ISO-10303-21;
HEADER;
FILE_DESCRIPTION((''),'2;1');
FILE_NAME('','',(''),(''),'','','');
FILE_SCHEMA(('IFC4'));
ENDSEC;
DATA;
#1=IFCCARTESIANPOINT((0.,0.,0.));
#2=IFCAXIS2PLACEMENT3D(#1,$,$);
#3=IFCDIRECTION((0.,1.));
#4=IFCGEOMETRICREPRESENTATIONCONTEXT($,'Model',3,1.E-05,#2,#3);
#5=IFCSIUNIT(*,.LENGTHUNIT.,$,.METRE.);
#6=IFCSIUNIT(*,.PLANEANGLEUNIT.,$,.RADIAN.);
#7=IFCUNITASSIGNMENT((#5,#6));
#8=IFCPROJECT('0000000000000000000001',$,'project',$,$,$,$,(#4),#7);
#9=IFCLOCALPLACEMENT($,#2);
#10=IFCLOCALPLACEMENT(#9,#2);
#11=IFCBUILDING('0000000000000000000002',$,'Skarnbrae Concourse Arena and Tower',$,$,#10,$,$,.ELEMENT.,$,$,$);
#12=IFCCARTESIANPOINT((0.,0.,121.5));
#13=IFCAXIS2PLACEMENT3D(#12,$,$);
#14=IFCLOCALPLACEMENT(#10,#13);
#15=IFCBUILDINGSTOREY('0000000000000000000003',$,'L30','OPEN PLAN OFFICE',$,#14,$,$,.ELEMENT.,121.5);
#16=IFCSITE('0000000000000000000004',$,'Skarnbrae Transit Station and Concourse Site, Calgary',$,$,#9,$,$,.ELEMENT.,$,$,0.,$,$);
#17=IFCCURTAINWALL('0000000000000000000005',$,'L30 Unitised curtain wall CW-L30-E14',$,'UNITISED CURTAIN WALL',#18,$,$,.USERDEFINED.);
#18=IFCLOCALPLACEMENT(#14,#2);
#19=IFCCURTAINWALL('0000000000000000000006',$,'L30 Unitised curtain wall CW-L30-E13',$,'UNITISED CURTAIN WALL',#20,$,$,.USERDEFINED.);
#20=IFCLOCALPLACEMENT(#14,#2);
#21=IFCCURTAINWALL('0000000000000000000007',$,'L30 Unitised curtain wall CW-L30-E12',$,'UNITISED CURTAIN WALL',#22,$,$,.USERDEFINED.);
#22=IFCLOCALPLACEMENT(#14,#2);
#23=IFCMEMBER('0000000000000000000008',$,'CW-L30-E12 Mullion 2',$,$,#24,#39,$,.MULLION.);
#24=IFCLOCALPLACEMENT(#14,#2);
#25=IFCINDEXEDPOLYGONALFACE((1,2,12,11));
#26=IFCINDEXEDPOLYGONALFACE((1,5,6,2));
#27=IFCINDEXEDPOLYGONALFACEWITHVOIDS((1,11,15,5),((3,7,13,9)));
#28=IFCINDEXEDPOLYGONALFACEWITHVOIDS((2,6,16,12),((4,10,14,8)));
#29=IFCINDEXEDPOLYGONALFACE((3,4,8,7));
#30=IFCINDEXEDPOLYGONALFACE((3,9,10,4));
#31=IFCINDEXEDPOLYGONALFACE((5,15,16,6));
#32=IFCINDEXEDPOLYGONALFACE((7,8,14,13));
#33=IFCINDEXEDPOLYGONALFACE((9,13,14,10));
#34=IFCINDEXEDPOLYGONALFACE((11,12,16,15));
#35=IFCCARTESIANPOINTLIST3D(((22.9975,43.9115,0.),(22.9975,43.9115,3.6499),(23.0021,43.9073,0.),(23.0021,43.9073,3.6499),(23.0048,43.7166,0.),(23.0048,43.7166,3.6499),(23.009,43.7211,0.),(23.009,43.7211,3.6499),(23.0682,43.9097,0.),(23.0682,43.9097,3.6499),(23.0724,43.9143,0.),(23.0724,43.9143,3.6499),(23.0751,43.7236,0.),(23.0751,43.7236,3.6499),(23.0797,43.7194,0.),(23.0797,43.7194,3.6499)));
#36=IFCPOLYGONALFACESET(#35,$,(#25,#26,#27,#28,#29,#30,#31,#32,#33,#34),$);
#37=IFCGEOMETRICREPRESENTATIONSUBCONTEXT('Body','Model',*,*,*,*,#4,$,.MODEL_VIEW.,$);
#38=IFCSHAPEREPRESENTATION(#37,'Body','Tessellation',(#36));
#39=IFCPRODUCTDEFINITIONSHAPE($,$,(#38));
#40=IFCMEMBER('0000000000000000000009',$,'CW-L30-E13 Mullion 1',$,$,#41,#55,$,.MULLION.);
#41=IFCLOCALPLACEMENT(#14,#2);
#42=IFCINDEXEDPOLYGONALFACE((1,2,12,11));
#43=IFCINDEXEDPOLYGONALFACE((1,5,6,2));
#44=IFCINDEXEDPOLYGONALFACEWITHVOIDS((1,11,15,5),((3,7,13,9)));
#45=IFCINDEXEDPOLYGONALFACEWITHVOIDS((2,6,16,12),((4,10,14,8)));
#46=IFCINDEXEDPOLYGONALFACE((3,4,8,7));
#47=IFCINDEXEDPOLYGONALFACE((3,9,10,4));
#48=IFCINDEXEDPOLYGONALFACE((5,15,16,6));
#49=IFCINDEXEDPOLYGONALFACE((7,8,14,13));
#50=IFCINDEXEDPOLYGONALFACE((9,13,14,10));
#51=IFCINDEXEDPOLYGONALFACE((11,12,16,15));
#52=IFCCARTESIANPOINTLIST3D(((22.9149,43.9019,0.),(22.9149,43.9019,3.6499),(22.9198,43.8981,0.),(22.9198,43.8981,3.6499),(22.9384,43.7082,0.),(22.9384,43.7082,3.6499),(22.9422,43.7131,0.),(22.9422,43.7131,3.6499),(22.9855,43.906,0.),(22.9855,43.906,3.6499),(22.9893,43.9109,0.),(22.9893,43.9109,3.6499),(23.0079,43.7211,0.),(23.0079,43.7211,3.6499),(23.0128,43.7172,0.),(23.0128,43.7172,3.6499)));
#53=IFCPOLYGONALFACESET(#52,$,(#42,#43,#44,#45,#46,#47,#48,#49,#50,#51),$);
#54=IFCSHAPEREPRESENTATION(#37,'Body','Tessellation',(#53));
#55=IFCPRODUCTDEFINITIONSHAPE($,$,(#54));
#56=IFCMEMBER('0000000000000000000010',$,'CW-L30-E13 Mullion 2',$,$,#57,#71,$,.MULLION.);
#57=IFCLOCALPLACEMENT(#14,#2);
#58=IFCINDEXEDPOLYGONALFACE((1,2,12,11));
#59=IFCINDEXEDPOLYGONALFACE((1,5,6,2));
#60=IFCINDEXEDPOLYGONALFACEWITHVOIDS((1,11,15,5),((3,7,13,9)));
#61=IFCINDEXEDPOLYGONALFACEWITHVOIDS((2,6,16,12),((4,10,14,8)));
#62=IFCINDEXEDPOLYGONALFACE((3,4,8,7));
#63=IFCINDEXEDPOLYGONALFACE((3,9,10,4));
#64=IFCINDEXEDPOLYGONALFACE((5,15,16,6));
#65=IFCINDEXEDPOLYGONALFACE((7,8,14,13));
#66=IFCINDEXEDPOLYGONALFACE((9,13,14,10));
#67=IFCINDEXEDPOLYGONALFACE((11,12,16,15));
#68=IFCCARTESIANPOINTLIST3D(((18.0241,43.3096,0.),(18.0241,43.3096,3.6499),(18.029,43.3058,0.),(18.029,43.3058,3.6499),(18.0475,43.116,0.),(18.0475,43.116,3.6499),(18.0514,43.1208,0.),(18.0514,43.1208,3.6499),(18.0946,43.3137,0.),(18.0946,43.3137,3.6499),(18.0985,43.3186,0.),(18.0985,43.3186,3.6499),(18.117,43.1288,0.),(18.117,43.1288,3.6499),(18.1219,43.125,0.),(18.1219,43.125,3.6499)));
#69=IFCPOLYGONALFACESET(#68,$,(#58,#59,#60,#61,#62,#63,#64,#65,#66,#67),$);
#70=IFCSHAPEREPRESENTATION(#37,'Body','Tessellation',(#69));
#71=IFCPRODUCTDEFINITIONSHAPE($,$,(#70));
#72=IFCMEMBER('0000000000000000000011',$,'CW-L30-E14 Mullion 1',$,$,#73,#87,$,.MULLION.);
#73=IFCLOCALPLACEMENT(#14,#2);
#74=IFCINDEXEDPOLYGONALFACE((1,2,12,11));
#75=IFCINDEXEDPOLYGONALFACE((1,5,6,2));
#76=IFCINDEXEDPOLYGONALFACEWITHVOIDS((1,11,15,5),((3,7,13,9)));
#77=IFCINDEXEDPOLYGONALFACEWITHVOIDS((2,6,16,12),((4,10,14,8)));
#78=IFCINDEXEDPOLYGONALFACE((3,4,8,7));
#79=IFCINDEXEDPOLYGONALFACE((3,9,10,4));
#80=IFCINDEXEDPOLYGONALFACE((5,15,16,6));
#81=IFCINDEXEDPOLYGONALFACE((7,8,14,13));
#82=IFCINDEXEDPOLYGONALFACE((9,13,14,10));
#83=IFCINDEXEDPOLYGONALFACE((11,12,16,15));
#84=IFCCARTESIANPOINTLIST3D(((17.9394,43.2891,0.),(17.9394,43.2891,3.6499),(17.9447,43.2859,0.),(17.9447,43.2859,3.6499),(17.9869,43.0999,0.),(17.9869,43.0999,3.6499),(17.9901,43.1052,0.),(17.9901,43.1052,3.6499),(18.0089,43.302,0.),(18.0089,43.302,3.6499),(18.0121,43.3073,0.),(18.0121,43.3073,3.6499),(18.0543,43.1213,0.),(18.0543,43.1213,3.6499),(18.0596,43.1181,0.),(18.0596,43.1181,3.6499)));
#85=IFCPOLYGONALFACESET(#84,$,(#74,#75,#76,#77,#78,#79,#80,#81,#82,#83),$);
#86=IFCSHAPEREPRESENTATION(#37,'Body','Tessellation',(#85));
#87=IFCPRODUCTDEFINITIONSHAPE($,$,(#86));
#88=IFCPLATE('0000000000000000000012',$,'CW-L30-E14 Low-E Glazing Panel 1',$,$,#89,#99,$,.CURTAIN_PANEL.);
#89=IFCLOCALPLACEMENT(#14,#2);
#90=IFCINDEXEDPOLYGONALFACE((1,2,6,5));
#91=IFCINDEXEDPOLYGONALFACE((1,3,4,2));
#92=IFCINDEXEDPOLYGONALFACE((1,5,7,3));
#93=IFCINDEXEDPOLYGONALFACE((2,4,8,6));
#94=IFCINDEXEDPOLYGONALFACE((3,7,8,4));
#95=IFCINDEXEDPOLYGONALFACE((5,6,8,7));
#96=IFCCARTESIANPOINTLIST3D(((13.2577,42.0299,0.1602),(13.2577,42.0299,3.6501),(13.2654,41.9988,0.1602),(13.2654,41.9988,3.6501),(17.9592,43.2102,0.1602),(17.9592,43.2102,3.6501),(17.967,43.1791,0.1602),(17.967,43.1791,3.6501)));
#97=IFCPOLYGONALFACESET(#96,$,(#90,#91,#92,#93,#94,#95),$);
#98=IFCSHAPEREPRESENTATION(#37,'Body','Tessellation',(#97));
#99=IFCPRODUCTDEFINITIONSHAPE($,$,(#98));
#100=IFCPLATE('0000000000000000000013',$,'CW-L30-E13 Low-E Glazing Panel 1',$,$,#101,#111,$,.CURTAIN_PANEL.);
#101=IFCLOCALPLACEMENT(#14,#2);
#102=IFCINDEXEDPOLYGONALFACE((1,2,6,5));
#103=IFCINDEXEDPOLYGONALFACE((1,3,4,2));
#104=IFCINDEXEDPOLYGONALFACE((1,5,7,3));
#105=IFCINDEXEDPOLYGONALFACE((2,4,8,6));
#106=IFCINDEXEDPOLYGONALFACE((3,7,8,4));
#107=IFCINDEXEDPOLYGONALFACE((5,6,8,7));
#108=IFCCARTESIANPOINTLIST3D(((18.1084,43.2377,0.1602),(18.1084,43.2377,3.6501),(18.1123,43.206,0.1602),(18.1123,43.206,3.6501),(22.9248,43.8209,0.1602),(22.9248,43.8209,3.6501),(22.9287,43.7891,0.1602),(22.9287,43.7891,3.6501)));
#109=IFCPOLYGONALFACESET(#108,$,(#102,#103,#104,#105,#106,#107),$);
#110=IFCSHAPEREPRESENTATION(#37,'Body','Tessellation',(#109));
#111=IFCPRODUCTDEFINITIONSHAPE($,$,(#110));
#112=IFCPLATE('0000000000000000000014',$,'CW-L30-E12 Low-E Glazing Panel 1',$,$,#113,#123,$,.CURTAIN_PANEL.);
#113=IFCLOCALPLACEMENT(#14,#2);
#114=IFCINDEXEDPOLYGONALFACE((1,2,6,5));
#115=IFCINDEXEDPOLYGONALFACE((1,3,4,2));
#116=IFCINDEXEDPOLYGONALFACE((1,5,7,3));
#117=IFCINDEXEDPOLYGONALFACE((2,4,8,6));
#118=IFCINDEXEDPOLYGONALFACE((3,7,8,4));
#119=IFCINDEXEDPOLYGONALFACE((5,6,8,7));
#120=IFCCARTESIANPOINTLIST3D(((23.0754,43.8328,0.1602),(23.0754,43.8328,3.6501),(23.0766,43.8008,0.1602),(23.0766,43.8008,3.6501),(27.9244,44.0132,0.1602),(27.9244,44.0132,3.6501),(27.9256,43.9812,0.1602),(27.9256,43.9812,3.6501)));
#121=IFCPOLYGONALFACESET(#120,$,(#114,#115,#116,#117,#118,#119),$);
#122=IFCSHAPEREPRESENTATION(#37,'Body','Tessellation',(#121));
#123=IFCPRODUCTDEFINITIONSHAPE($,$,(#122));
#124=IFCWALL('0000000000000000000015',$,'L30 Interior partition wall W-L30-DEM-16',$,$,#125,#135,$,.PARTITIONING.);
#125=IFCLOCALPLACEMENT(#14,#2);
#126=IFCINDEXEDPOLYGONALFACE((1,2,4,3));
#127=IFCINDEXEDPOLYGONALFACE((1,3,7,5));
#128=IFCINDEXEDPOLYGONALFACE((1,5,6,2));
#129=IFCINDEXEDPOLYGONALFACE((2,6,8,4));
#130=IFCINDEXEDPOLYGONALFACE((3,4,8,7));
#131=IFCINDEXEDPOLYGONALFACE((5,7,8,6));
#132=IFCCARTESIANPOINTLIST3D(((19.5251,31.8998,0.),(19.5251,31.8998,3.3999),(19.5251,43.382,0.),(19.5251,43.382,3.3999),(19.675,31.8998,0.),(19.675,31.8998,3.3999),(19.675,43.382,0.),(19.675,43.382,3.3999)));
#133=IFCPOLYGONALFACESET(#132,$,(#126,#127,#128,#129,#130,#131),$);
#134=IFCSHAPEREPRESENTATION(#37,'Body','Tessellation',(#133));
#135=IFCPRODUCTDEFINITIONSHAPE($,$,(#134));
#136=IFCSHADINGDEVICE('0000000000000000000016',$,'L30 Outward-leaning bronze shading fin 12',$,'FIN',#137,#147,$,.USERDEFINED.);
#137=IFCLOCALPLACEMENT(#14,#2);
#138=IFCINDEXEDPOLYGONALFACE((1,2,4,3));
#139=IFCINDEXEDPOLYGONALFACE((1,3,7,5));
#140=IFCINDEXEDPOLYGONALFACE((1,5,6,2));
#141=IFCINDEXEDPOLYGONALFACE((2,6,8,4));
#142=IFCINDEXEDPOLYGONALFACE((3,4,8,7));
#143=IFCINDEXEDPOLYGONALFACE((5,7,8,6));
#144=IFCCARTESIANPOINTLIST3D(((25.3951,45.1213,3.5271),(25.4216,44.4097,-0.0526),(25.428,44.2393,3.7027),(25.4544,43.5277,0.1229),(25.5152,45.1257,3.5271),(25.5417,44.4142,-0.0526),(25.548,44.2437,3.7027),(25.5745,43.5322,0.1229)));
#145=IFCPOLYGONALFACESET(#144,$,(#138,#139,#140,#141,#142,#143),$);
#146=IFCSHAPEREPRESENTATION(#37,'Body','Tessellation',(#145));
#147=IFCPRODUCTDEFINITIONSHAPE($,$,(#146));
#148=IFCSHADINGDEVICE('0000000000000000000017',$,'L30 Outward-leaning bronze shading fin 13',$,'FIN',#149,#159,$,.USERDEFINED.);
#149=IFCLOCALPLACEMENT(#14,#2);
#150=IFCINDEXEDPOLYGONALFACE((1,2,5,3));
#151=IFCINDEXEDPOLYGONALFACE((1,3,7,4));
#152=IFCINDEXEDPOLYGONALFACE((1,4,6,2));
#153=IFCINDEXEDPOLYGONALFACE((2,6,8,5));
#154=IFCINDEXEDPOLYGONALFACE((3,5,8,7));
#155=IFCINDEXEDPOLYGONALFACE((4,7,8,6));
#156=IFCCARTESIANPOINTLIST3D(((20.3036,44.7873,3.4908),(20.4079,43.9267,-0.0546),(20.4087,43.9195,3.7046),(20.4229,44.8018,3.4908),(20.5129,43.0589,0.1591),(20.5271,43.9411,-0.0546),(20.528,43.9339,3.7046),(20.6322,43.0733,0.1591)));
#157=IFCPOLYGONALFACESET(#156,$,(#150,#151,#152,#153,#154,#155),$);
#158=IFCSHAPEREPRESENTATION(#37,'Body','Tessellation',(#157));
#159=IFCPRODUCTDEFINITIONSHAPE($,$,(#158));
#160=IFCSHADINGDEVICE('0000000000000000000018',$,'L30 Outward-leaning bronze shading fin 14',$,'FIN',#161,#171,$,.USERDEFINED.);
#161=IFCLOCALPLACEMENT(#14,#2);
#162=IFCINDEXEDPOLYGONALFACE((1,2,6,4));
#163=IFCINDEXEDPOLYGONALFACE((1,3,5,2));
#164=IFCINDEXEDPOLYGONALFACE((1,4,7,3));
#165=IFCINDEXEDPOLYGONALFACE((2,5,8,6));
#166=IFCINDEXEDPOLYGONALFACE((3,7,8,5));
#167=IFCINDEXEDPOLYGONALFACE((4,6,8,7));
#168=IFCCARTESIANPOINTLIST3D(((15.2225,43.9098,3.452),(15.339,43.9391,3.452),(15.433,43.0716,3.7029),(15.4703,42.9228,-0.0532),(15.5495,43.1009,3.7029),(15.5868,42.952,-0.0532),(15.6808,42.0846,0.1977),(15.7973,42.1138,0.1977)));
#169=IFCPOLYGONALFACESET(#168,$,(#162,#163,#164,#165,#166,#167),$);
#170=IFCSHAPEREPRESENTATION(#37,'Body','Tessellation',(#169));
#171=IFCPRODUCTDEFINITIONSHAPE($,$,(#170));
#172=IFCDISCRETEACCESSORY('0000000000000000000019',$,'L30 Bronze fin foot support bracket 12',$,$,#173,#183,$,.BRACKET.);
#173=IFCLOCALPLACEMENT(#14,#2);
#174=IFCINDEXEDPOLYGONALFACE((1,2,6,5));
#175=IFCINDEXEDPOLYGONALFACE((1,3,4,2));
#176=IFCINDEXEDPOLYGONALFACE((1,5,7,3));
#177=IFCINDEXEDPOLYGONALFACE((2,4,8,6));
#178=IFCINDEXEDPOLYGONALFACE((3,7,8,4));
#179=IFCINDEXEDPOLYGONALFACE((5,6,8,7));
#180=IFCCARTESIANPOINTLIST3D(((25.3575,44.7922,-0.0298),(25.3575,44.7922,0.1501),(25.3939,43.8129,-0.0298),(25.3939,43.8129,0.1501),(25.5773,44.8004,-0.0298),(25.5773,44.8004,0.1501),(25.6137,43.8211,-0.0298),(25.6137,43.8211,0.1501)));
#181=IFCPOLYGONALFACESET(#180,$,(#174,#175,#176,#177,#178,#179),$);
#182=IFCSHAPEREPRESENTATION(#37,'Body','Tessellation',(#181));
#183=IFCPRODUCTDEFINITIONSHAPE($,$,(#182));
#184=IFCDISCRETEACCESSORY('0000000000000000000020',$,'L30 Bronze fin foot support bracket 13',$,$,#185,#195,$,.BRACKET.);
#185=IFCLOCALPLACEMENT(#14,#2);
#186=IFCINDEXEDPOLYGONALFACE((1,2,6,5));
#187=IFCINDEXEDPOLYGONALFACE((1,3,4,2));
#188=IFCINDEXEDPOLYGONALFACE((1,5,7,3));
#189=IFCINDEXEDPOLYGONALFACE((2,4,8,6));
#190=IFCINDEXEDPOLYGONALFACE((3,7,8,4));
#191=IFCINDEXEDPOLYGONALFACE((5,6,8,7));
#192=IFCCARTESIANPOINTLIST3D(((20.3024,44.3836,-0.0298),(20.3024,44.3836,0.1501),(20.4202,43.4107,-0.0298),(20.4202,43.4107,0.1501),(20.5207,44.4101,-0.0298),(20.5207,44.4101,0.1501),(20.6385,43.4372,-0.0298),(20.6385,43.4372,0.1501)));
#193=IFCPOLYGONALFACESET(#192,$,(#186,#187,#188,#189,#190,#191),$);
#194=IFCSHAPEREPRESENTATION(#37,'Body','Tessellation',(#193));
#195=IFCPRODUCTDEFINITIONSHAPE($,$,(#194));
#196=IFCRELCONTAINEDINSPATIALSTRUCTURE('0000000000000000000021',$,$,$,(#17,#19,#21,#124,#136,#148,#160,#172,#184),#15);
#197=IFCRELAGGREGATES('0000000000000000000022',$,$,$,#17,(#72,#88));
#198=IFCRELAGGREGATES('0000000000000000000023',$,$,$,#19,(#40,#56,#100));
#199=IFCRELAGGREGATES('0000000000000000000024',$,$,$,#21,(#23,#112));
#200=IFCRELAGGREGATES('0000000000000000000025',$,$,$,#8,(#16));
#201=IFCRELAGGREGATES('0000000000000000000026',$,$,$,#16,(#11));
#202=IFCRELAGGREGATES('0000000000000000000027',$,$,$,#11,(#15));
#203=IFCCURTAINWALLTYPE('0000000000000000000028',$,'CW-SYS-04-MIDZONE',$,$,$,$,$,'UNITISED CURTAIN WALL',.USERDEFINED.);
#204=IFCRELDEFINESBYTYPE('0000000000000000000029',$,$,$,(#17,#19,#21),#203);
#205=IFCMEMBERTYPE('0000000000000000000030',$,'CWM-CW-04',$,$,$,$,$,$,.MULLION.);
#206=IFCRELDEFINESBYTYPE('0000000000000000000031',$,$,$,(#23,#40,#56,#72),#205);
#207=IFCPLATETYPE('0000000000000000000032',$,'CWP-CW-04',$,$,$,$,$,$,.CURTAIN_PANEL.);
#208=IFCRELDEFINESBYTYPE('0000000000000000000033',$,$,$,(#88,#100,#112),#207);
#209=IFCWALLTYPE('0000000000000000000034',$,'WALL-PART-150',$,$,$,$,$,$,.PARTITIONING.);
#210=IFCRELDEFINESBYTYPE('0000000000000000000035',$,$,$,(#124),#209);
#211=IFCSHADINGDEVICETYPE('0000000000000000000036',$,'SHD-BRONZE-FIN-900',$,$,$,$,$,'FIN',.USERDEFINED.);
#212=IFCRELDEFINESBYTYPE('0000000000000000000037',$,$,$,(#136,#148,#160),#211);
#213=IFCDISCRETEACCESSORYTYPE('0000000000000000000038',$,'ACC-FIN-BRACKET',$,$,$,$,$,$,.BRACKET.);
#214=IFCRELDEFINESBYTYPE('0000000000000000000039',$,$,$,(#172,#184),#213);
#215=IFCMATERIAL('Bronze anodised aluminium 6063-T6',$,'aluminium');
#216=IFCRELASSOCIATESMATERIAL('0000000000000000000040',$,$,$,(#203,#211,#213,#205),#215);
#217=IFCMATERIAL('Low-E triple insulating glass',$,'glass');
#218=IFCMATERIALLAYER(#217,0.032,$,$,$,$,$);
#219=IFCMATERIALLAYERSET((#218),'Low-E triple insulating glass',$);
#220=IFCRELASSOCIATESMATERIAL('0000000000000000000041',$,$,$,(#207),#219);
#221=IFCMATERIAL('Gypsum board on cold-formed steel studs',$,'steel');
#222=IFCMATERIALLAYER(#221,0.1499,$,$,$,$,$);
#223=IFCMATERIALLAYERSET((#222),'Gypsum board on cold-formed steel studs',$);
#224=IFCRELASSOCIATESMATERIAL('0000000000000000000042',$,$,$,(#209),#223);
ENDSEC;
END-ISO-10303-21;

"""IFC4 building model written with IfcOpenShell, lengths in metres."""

from ifc_helpers import new_model, si_unit, direction, frame, frame_2d, origin, origin_2d, place, context, subcontext, project, spatial, rectangle, hollow_rectangle, extrude, source, transform, mapped, material, layer, layer_set, material_profile, profile_set, type_object, element, aggregate, save


model = new_model("IFC4")

# Units and contexts
model_context = context("Model", 3, precision=1e-05, world=origin(), true_north=direction((0.0, 1.0)))
body_context = subcontext(model_context, "Body", "Model", "MODEL_VIEW")
ifc_project = project(units=[si_unit("LENGTHUNIT", "METRE"), si_unit("PLANEANGLEUNIT", "RADIAN")], contexts=[model_context])

# Site, building, storey
site_placement = place(None, origin())
site = spatial("IfcSite", under=ifc_project, at=site_placement, Name="Skarnbrae Transit Station and Concourse Site, Calgary", CompositionType="ELEMENT", RefElevation=0.0)
building_placement = place(site_placement, origin())
building = spatial("IfcBuilding", under=site, at=building_placement, Name="Skarnbrae Concourse Arena and Tower", CompositionType="ELEMENT")
storey_placement = place(building_placement, frame((0.0, 0.0, 121.5)))
storey = spatial("IfcBuildingStorey", under=building, at=storey_placement, Name="L30", Description="OPEN PLAN OFFICE", CompositionType="ELEMENT", Elevation=121.5)

# Curtain walls
ifc_material_1 = material(Name="Bronze anodised aluminium 6063-T6", Category="aluminium")
curtain_wall_type = type_object("IfcCurtainWallType", Name="CW-SYS-04-MIDZONE", ElementType="UNITISED CURTAIN WALL", PredefinedType="USERDEFINED", material=ifc_material_1)
curtain_wall_1_placement = place(storey_placement, origin())
curtain_wall_1 = element("IfcCurtainWall", 1, at=curtain_wall_1_placement, inside=storey, type_object=curtain_wall_type, Name="L30 Unitised curtain wall CW-L30-E14", ObjectType="UNITISED CURTAIN WALL", PredefinedType="USERDEFINED")
curtain_wall_2_placement = place(storey_placement, origin())
curtain_wall_2 = element("IfcCurtainWall", 2, at=curtain_wall_2_placement, inside=storey, type_object=curtain_wall_type, Name="L30 Unitised curtain wall CW-L30-E13", ObjectType="UNITISED CURTAIN WALL", PredefinedType="USERDEFINED")

# Curtain wall, member
curtain_wall_3_placement = place(storey_placement, origin())
curtain_wall_3 = element("IfcCurtainWall", 3, at=curtain_wall_3_placement, inside=storey, type_object=curtain_wall_type, Name="L30 Unitised curtain wall CW-L30-E12", ObjectType="UNITISED CURTAIN WALL", PredefinedType="USERDEFINED")
ifc_material_profile_1 = material_profile(ifc_material_1, hollow_rectangle(XDim=0.075, YDim=0.1951, WallThickness=0.0044, at=origin_2d()), Name="ALU-MULL-75X195")
ifc_profile_set_1 = profile_set([ifc_material_profile_1], Name="Bronze anodised aluminium 6063-T6")
member_type_1 = type_object("IfcMemberType", Name="CWM-CW-04", PredefinedType="MULLION", material=ifc_profile_set_1)
shared_shape_1 = source(origin(), body_context, "Body", "SweptSolid", [
    extrude(hollow_rectangle(XDim=0.075, YDim=0.1951, WallThickness=0.0044, at=origin_2d()), origin(), (0.0, 0.0, 1.0), 3.6499),
])
member_1_placement = place(storey_placement, frame((23.0386, 43.8154, 0.0), z_axis=(0.0, 0.0, 1.0), x_axis=(-0.999308, -0.037183, 0.0)))
member_1 = element("IfcMember", 4, at=member_1_placement, type_object=member_type_1, Name="CW-L30-E12 Mullion 2", PredefinedType="MULLION", context=body_context, shape_type="MappedRepresentation", body=[
    mapped(shared_shape_1, transform((0.0, 0.0, 0.0))),
])

# Members
member_2_placement = place(storey_placement, frame((22.9639, 43.8096, 0.0), z_axis=(0.0, 0.0, 1.0), x_axis=(-0.992749, -0.120203, 0.0)))
member_2 = element("IfcMember", 5, at=member_2_placement, type_object=member_type_1, Name="CW-L30-E13 Mullion 1", PredefinedType="MULLION", context=body_context, shape_type="MappedRepresentation", body=[
    mapped(shared_shape_1, transform((0.0, 0.0, 0.0))),
])
member_3_placement = place(storey_placement, frame((18.073, 43.2173, 0.0), z_axis=(0.0, 0.0, 1.0), x_axis=(-0.992749, -0.120203, 0.0)))
member_3 = element("IfcMember", 6, at=member_3_placement, type_object=member_type_1, Name="CW-L30-E13 Mullion 2", PredefinedType="MULLION", context=body_context, shape_type="MappedRepresentation", body=[
    mapped(shared_shape_1, transform((0.0, 0.0, 0.0))),
])
member_4_placement = place(storey_placement, frame((17.9995, 43.2036, 0.0), z_axis=(0.0, 0.0, 1.0), x_axis=(-0.969903, -0.243491, 0.0)))
member_4 = element("IfcMember", 7, at=member_4_placement, type_object=member_type_1, Name="CW-L30-E14 Mullion 1", PredefinedType="MULLION", context=body_context, shape_type="MappedRepresentation", body=[
    mapped(shared_shape_1, transform((0.0, 0.0, 0.0))),
])

# Plates
ifc_material_2 = material(Name="Low-E triple insulating glass", Category="glass")
ifc_layer_1 = layer(ifc_material_2, 0.032)
ifc_layer_set_1 = layer_set([ifc_layer_1], Name="Low-E triple insulating glass")
plate_type = type_object("IfcPlateType", Name="CWP-CW-04", PredefinedType="CURTAIN_PANEL", material=ifc_layer_set_1)
shared_shape_2 = source(origin(), body_context, "Body", "SweptSolid", [
    extrude(rectangle(XDim=4.8474, YDim=0.032, at=origin_2d()), origin(), (0.0, 0.0, 1.0), 3.49),
])
plate_1_placement = place(storey_placement, frame((15.6123, 42.6045, 0.1602), z_axis=(0.0, 0.0, 1.0), x_axis=(-0.969903, -0.243491, 0.0)))
plate_1 = element("IfcPlate", 8, at=plate_1_placement, type_object=plate_type, Name="CW-L30-E14 Low-E Glazing Panel 1", PredefinedType="CURTAIN_PANEL", context=body_context, shape_type="MappedRepresentation", body=[
    mapped(shared_shape_2, transform((0.0, 0.0, 0.0))),
])
aggregate(curtain_wall_1, [member_4, plate_1])
shared_shape_3 = source(origin(), body_context, "Body", "SweptSolid", [
    extrude(rectangle(XDim=4.8516, YDim=0.032, at=origin_2d()), origin(), (0.0, 0.0, 1.0), 3.49),
])
plate_2_placement = place(storey_placement, frame((20.5186, 43.5134, 0.1602), z_axis=(0.0, 0.0, 1.0), x_axis=(-0.992749, -0.120203, 0.0)))
plate_2 = element("IfcPlate", 9, at=plate_2_placement, type_object=plate_type, Name="CW-L30-E13 Low-E Glazing Panel 1", PredefinedType="CURTAIN_PANEL", context=body_context, shape_type="MappedRepresentation", body=[
    mapped(shared_shape_3, transform((0.0, 0.0, 0.0))),
])
aggregate(curtain_wall_2, [member_2, member_3, plate_2])
shared_shape_4 = source(origin(), body_context, "Body", "SweptSolid", [
    extrude(rectangle(XDim=4.8523, YDim=0.032, at=origin_2d()), origin(), (0.0, 0.0, 1.0), 3.49),
])
plate_3_placement = place(storey_placement, frame((25.5005, 43.907, 0.1602), z_axis=(0.0, 0.0, 1.0), x_axis=(-0.999308, -0.037183, 0.0)))
plate_3 = element("IfcPlate", 10, at=plate_3_placement, type_object=plate_type, Name="CW-L30-E12 Low-E Glazing Panel 1", PredefinedType="CURTAIN_PANEL", context=body_context, shape_type="MappedRepresentation", body=[
    mapped(shared_shape_4, transform((0.0, 0.0, 0.0))),
])
aggregate(curtain_wall_3, [member_1, plate_3])

# Wall
ifc_material_3 = material(Name="Gypsum board on cold-formed steel studs", Category="steel")
ifc_layer_2 = layer(ifc_material_3, 0.1499)
ifc_layer_set_2 = layer_set([ifc_layer_2], Name="Gypsum board on cold-formed steel studs")
wall_type = type_object("IfcWallType", Name="WALL-PART-150", PredefinedType="PARTITIONING", material=ifc_layer_set_2)
shared_shape_5 = source(origin(), body_context, "Body", "SweptSolid", [
    extrude(rectangle(XDim=11.4822, YDim=0.1499, at=frame_2d((5.7412, 0.0))), origin(), (0.0, 0.0, 1.0), 3.3999),
])
wall_placement = place(storey_placement, frame((19.6001, 43.3821, 0.0), z_axis=(0.0, 0.0, 1.0), x_axis=(0.0, -1.0, 0.0)))
element("IfcWall", 11, at=wall_placement, inside=storey, type_object=wall_type, Name="L30 Interior partition wall W-L30-DEM-16", PredefinedType="PARTITIONING", context=body_context, shape_type="MappedRepresentation", body=[
    mapped(shared_shape_5, transform((0.0, 0.0, 0.0))),
])

# Shading devices
shading_device_type = type_object("IfcShadingDeviceType", Name="SHD-BRONZE-FIN-900", ElementType="FIN", PredefinedType="USERDEFINED", material=ifc_material_1)
shared_shape_6 = source(origin(), body_context, "Body", "SweptSolid", [
    extrude(rectangle(XDim=0.1201, YDim=0.8999, at=origin_2d()), origin(), (0.0, 0.0, 1.0), 3.6499),
])
for number, where, z_axis, x_axis, name in (
    (12, (25.498, 43.9709, 0.0352), (-0.007254, 0.194955, 0.980785), (0.999308, 0.037184, 0.0), "L30 Outward-leaning bronze shading fin 12"),
    (13, (20.52, 43.5, 0.0522), (-0.028551, 0.235794, 0.971384), (0.992749, 0.120206, 0.0), "L30 Outward-leaning bronze shading fin 13"),
    (14, (15.6338, 42.5183, 0.0723), (-0.067893, 0.270431, 0.960342), (0.969902, 0.243497, 0.0), "L30 Outward-leaning bronze shading fin 14"),
):
    element("IfcShadingDevice", number, at=place(storey_placement, frame(where, z_axis=z_axis, x_axis=x_axis)), inside=storey, type_object=shading_device_type, Name=name, ObjectType="FIN", PredefinedType="USERDEFINED", context=body_context, shape_type="MappedRepresentation", body=[
        mapped(shared_shape_6, transform((0.0, 0.0, 0.0))),
    ])

# Discrete accessories
discrete_accessory_type = type_object("IfcDiscreteAccessoryType", Name="ACC-FIN-BRACKET", PredefinedType="BRACKET", material=ifc_material_1)
shared_shape_7 = source(origin(), body_context, "Body", "SweptSolid", [
    extrude(rectangle(XDim=0.22, YDim=0.98, at=origin_2d()), origin(), (0.0, 0.0, 1.0), 0.1799),
])
for number, where, z_axis, x_axis, name in (
    (15, (25.4856, 44.3066, -0.0298), (0.0, 0.0, 1.0), (0.999308, 0.037184, 0.0), "L30 Bronze fin foot support bracket 12"),
    (16, (20.4705, 43.9104, -0.0298), (0.0, 0.0, 1.0), (0.992749, 0.120206, 0.0), "L30 Bronze fin foot support bracket 13"),
):
    element("IfcDiscreteAccessory", number, at=place(storey_placement, frame(where, z_axis=z_axis, x_axis=x_axis)), inside=storey, type_object=discrete_accessory_type, Name=name, PredefinedType="BRACKET", context=body_context, shape_type="MappedRepresentation", body=[
        mapped(shared_shape_7, transform((0.0, 0.0, 0.0))),
    ])

save(model, "model.ifc")
